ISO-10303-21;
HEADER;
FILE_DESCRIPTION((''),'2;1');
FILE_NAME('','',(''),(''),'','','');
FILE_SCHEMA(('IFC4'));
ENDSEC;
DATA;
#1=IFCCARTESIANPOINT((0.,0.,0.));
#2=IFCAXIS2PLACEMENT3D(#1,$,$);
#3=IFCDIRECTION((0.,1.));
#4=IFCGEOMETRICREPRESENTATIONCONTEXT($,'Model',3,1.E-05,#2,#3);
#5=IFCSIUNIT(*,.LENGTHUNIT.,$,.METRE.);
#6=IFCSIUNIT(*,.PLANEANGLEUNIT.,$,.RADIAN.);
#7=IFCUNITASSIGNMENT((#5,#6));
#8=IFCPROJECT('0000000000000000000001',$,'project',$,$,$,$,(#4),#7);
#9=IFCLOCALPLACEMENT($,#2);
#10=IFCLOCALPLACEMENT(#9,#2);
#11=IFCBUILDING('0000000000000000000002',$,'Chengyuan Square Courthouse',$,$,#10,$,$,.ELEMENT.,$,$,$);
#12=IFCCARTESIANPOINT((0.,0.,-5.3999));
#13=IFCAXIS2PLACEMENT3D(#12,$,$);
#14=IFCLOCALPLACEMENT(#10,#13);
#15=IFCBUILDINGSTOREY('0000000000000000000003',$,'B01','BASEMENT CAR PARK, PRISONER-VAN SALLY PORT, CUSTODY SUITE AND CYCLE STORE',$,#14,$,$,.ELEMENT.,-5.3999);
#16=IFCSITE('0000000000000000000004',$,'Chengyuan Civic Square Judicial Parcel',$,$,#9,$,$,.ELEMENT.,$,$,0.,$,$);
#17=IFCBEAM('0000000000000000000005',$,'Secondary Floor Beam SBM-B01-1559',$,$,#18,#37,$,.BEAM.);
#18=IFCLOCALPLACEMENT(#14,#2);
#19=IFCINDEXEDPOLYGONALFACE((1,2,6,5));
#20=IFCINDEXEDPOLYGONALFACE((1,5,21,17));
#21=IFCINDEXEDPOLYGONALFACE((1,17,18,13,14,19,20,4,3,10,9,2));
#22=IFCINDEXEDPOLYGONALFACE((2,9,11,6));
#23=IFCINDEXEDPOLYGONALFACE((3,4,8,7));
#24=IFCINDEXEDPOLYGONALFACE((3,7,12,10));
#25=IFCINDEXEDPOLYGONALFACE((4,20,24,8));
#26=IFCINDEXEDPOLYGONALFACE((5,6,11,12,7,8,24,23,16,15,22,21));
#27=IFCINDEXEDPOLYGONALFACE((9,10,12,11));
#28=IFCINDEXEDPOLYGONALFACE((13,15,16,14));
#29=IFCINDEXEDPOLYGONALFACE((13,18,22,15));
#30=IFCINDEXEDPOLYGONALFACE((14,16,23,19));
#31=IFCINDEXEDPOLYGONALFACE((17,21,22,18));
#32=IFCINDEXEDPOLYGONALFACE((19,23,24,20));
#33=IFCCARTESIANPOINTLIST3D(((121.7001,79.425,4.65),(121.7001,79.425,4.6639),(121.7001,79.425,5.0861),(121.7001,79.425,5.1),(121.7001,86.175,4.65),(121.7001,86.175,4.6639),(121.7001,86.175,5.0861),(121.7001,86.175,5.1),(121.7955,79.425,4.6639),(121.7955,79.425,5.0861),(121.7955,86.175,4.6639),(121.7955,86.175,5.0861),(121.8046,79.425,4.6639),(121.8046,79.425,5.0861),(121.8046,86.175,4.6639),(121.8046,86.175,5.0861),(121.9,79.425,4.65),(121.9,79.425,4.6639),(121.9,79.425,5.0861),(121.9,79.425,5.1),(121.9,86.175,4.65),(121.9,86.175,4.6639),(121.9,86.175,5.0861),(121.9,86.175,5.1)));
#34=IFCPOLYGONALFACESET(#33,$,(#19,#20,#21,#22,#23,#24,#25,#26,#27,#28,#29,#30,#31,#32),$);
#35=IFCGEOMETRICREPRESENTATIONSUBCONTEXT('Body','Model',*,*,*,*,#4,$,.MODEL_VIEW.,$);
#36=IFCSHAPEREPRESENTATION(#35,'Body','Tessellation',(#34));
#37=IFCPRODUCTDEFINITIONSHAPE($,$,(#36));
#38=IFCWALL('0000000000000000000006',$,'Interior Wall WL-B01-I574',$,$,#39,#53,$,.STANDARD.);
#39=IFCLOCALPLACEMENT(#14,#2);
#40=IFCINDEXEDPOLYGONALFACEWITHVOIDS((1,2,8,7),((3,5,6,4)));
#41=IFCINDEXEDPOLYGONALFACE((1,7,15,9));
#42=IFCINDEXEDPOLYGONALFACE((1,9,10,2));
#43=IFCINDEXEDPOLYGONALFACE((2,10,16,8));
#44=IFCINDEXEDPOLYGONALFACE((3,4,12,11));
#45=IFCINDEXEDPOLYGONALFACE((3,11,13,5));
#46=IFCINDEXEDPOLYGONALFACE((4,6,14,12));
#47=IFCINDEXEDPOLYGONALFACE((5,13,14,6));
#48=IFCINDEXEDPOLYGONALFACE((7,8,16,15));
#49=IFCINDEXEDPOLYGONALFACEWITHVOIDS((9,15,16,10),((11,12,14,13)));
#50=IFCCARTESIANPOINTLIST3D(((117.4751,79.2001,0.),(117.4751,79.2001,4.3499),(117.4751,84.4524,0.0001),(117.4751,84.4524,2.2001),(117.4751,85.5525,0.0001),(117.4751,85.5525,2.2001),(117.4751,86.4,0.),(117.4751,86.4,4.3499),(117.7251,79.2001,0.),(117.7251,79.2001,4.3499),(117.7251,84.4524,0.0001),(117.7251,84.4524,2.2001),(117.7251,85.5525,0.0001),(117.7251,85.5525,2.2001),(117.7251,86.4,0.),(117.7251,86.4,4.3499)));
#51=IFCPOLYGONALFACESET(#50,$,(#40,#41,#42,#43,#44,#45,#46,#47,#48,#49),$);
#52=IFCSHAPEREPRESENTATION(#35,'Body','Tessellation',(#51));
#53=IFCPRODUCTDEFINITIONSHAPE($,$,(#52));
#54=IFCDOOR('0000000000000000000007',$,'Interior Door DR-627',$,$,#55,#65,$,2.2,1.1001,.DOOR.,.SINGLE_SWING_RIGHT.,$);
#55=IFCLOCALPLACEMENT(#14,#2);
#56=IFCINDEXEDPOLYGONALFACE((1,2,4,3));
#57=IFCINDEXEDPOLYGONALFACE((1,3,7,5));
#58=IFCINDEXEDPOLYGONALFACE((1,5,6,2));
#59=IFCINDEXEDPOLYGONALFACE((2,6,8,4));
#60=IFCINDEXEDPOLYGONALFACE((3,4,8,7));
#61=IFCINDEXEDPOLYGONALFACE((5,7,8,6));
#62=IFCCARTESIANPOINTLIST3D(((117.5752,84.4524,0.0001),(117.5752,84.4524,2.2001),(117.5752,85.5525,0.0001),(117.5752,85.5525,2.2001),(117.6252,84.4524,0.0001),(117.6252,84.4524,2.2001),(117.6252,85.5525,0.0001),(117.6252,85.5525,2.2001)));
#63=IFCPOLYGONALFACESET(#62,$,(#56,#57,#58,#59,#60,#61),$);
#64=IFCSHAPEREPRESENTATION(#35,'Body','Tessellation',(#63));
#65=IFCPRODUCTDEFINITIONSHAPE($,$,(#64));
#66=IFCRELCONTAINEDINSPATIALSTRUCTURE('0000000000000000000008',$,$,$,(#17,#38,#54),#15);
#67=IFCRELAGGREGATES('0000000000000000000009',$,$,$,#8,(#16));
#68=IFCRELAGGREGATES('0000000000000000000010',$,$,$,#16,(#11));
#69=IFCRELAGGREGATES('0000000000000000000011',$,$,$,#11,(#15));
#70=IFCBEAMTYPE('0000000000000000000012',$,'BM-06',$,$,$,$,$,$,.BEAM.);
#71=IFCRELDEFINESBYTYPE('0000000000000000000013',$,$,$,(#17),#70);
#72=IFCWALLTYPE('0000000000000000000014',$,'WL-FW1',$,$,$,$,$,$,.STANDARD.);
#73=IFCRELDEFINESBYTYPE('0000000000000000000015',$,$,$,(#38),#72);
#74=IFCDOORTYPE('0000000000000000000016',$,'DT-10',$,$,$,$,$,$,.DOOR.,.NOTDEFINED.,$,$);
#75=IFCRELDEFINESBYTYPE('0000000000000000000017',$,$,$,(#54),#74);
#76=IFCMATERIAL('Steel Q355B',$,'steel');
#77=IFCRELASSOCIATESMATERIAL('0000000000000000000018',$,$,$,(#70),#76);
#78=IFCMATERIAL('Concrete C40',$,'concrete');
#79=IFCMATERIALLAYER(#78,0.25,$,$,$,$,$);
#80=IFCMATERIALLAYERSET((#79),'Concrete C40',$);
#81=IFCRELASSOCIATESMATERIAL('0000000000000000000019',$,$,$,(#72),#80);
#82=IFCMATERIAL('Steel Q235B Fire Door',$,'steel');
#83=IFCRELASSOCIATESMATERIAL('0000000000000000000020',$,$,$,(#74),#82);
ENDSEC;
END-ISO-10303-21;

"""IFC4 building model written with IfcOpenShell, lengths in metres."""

from ifc_helpers import new_model, si_unit, direction, frame, frame_2d, origin, origin_2d, place, context, subcontext, project, spatial, rectangle, i_section, extrude, material, layer, layer_set, material_profile, profile_set, type_object, element, fill, save


model = new_model("IFC4")

# Units and contexts
model_context = context("Model", 3, precision=1e-05, world=origin(), true_north=direction((0.0, 1.0)))
body_context = subcontext(model_context, "Body", "Model", "MODEL_VIEW")
ifc_project = project(units=[si_unit("LENGTHUNIT", "METRE"), si_unit("PLANEANGLEUNIT", "RADIAN")], contexts=[model_context])

# Site, building, storey
site_placement = place(None, origin())
site = spatial("IfcSite", under=ifc_project, at=site_placement, Name="Chengyuan Civic Square Judicial Parcel", CompositionType="ELEMENT", RefElevation=0.0)
building_placement = place(site_placement, origin())
building = spatial("IfcBuilding", under=site, at=building_placement, Name="Chengyuan Square Courthouse", CompositionType="ELEMENT")
storey_placement = place(building_placement, frame((0.0, 0.0, -5.3999)))
storey = spatial("IfcBuildingStorey", under=building, at=storey_placement, Name="B01", Description="BASEMENT CAR PARK, PRISONER-VAN SALLY PORT, CUSTODY SUITE AND CYCLE STORE", CompositionType="ELEMENT", Elevation=-5.3999)

# Beam
ifc_material_1 = material(Name="Concrete C40", Category="concrete")
ifc_material_2 = material(Name="Steel Q355B", Category="steel")
ifc_material_profile_1 = material_profile(ifc_material_2, i_section(OverallWidth=0.2, OverallDepth=0.45, WebThickness=0.009, FlangeThickness=0.0139, at=origin_2d()), Name="HN 450x200x9x14")
ifc_profile_set_1 = profile_set([ifc_material_profile_1], Name="Steel Q355B")
beam_type_1 = type_object("IfcBeamType", Name="BM-06", PredefinedType="BEAM", material=ifc_profile_set_1)
beam_1_placement = place(storey_placement, frame((121.8, 79.425, 4.875), z_axis=(0.0, 1.0, 0.0), x_axis=(-1.0, 0.0, 0.0)))
element("IfcBeam", 1, at=beam_1_placement, inside=storey, type_object=beam_type_1, Name="Secondary Floor Beam SBM-B01-1559", PredefinedType="BEAM", context=body_context, shape_type="SweptSolid", body=[
    extrude(i_section(OverallWidth=0.2, OverallDepth=0.45, WebThickness=0.009, FlangeThickness=0.0139, at=origin_2d()), origin(), (0.0, 0.0, 1.0), 6.75),
])

# Wall, opening, door
ifc_layer = layer(ifc_material_1, 0.25)
ifc_layer_set = layer_set([ifc_layer], Name="Concrete C40")
wall_type = type_object("IfcWallType", Name="WL-FW1", PredefinedType="STANDARD", material=ifc_layer_set)
wall_placement = place(storey_placement, frame((117.6001, 79.2, 0.0), z_axis=(0.0, 0.0, 1.0), x_axis=(0.0, 1.0, 0.0)))
wall = element("IfcWall", 2, at=wall_placement, inside=storey, type_object=wall_type, Name="Interior Wall WL-B01-I574", PredefinedType="STANDARD", context=body_context, shape_type="SweptSolid", body=[
    extrude(rectangle(XDim=7.2, YDim=0.25, at=frame_2d((3.6001, 0.0))), origin(), (0.0, 0.0, 1.0), 4.3499),
])
opening_placement = place(wall_placement, frame((5.2524, 0.0, 0.0)))
opening = element("IfcOpeningElement", 3, at=opening_placement, cuts=wall, PredefinedType="OPENING", context=body_context, shape_type="SweptSolid", body=[
    extrude(rectangle(XDim=1.1001, YDim=2.2, at=frame_2d((0.55, 1.1001))), frame((0.0, 0.137, 0.0), z_axis=(0.0, -1.0, 0.0), x_axis=(1.0, 0.0, 0.0)), (0.0, 0.0, 1.0), 0.2739),
])
ifc_material_3 = material(Name="Steel Q235B Fire Door", Category="steel")
door_type = type_object("IfcDoorType", Name="DT-10", OperationType="NOTDEFINED", PredefinedType="DOOR", material=ifc_material_3)
door_placement = place(opening_placement, origin())
door = element("IfcDoor", 4, at=door_placement, inside=storey, type_object=door_type, Name="Interior Door DR-627", OperationType="SINGLE_SWING_RIGHT", OverallHeight=2.2, OverallWidth=1.1001, PredefinedType="DOOR", context=body_context, shape_type="SweptSolid", body=[
    extrude(rectangle(XDim=1.1001, YDim=2.2, at=frame_2d((0.55, 1.1001))), frame((0.0, 0.0249, 0.0), z_axis=(0.0, -1.0, 0.0), x_axis=(1.0, 0.0, 0.0)), (0.0, 0.0, 1.0), 0.05),
])
fill(opening, door)

save(model, "model.ifc")
